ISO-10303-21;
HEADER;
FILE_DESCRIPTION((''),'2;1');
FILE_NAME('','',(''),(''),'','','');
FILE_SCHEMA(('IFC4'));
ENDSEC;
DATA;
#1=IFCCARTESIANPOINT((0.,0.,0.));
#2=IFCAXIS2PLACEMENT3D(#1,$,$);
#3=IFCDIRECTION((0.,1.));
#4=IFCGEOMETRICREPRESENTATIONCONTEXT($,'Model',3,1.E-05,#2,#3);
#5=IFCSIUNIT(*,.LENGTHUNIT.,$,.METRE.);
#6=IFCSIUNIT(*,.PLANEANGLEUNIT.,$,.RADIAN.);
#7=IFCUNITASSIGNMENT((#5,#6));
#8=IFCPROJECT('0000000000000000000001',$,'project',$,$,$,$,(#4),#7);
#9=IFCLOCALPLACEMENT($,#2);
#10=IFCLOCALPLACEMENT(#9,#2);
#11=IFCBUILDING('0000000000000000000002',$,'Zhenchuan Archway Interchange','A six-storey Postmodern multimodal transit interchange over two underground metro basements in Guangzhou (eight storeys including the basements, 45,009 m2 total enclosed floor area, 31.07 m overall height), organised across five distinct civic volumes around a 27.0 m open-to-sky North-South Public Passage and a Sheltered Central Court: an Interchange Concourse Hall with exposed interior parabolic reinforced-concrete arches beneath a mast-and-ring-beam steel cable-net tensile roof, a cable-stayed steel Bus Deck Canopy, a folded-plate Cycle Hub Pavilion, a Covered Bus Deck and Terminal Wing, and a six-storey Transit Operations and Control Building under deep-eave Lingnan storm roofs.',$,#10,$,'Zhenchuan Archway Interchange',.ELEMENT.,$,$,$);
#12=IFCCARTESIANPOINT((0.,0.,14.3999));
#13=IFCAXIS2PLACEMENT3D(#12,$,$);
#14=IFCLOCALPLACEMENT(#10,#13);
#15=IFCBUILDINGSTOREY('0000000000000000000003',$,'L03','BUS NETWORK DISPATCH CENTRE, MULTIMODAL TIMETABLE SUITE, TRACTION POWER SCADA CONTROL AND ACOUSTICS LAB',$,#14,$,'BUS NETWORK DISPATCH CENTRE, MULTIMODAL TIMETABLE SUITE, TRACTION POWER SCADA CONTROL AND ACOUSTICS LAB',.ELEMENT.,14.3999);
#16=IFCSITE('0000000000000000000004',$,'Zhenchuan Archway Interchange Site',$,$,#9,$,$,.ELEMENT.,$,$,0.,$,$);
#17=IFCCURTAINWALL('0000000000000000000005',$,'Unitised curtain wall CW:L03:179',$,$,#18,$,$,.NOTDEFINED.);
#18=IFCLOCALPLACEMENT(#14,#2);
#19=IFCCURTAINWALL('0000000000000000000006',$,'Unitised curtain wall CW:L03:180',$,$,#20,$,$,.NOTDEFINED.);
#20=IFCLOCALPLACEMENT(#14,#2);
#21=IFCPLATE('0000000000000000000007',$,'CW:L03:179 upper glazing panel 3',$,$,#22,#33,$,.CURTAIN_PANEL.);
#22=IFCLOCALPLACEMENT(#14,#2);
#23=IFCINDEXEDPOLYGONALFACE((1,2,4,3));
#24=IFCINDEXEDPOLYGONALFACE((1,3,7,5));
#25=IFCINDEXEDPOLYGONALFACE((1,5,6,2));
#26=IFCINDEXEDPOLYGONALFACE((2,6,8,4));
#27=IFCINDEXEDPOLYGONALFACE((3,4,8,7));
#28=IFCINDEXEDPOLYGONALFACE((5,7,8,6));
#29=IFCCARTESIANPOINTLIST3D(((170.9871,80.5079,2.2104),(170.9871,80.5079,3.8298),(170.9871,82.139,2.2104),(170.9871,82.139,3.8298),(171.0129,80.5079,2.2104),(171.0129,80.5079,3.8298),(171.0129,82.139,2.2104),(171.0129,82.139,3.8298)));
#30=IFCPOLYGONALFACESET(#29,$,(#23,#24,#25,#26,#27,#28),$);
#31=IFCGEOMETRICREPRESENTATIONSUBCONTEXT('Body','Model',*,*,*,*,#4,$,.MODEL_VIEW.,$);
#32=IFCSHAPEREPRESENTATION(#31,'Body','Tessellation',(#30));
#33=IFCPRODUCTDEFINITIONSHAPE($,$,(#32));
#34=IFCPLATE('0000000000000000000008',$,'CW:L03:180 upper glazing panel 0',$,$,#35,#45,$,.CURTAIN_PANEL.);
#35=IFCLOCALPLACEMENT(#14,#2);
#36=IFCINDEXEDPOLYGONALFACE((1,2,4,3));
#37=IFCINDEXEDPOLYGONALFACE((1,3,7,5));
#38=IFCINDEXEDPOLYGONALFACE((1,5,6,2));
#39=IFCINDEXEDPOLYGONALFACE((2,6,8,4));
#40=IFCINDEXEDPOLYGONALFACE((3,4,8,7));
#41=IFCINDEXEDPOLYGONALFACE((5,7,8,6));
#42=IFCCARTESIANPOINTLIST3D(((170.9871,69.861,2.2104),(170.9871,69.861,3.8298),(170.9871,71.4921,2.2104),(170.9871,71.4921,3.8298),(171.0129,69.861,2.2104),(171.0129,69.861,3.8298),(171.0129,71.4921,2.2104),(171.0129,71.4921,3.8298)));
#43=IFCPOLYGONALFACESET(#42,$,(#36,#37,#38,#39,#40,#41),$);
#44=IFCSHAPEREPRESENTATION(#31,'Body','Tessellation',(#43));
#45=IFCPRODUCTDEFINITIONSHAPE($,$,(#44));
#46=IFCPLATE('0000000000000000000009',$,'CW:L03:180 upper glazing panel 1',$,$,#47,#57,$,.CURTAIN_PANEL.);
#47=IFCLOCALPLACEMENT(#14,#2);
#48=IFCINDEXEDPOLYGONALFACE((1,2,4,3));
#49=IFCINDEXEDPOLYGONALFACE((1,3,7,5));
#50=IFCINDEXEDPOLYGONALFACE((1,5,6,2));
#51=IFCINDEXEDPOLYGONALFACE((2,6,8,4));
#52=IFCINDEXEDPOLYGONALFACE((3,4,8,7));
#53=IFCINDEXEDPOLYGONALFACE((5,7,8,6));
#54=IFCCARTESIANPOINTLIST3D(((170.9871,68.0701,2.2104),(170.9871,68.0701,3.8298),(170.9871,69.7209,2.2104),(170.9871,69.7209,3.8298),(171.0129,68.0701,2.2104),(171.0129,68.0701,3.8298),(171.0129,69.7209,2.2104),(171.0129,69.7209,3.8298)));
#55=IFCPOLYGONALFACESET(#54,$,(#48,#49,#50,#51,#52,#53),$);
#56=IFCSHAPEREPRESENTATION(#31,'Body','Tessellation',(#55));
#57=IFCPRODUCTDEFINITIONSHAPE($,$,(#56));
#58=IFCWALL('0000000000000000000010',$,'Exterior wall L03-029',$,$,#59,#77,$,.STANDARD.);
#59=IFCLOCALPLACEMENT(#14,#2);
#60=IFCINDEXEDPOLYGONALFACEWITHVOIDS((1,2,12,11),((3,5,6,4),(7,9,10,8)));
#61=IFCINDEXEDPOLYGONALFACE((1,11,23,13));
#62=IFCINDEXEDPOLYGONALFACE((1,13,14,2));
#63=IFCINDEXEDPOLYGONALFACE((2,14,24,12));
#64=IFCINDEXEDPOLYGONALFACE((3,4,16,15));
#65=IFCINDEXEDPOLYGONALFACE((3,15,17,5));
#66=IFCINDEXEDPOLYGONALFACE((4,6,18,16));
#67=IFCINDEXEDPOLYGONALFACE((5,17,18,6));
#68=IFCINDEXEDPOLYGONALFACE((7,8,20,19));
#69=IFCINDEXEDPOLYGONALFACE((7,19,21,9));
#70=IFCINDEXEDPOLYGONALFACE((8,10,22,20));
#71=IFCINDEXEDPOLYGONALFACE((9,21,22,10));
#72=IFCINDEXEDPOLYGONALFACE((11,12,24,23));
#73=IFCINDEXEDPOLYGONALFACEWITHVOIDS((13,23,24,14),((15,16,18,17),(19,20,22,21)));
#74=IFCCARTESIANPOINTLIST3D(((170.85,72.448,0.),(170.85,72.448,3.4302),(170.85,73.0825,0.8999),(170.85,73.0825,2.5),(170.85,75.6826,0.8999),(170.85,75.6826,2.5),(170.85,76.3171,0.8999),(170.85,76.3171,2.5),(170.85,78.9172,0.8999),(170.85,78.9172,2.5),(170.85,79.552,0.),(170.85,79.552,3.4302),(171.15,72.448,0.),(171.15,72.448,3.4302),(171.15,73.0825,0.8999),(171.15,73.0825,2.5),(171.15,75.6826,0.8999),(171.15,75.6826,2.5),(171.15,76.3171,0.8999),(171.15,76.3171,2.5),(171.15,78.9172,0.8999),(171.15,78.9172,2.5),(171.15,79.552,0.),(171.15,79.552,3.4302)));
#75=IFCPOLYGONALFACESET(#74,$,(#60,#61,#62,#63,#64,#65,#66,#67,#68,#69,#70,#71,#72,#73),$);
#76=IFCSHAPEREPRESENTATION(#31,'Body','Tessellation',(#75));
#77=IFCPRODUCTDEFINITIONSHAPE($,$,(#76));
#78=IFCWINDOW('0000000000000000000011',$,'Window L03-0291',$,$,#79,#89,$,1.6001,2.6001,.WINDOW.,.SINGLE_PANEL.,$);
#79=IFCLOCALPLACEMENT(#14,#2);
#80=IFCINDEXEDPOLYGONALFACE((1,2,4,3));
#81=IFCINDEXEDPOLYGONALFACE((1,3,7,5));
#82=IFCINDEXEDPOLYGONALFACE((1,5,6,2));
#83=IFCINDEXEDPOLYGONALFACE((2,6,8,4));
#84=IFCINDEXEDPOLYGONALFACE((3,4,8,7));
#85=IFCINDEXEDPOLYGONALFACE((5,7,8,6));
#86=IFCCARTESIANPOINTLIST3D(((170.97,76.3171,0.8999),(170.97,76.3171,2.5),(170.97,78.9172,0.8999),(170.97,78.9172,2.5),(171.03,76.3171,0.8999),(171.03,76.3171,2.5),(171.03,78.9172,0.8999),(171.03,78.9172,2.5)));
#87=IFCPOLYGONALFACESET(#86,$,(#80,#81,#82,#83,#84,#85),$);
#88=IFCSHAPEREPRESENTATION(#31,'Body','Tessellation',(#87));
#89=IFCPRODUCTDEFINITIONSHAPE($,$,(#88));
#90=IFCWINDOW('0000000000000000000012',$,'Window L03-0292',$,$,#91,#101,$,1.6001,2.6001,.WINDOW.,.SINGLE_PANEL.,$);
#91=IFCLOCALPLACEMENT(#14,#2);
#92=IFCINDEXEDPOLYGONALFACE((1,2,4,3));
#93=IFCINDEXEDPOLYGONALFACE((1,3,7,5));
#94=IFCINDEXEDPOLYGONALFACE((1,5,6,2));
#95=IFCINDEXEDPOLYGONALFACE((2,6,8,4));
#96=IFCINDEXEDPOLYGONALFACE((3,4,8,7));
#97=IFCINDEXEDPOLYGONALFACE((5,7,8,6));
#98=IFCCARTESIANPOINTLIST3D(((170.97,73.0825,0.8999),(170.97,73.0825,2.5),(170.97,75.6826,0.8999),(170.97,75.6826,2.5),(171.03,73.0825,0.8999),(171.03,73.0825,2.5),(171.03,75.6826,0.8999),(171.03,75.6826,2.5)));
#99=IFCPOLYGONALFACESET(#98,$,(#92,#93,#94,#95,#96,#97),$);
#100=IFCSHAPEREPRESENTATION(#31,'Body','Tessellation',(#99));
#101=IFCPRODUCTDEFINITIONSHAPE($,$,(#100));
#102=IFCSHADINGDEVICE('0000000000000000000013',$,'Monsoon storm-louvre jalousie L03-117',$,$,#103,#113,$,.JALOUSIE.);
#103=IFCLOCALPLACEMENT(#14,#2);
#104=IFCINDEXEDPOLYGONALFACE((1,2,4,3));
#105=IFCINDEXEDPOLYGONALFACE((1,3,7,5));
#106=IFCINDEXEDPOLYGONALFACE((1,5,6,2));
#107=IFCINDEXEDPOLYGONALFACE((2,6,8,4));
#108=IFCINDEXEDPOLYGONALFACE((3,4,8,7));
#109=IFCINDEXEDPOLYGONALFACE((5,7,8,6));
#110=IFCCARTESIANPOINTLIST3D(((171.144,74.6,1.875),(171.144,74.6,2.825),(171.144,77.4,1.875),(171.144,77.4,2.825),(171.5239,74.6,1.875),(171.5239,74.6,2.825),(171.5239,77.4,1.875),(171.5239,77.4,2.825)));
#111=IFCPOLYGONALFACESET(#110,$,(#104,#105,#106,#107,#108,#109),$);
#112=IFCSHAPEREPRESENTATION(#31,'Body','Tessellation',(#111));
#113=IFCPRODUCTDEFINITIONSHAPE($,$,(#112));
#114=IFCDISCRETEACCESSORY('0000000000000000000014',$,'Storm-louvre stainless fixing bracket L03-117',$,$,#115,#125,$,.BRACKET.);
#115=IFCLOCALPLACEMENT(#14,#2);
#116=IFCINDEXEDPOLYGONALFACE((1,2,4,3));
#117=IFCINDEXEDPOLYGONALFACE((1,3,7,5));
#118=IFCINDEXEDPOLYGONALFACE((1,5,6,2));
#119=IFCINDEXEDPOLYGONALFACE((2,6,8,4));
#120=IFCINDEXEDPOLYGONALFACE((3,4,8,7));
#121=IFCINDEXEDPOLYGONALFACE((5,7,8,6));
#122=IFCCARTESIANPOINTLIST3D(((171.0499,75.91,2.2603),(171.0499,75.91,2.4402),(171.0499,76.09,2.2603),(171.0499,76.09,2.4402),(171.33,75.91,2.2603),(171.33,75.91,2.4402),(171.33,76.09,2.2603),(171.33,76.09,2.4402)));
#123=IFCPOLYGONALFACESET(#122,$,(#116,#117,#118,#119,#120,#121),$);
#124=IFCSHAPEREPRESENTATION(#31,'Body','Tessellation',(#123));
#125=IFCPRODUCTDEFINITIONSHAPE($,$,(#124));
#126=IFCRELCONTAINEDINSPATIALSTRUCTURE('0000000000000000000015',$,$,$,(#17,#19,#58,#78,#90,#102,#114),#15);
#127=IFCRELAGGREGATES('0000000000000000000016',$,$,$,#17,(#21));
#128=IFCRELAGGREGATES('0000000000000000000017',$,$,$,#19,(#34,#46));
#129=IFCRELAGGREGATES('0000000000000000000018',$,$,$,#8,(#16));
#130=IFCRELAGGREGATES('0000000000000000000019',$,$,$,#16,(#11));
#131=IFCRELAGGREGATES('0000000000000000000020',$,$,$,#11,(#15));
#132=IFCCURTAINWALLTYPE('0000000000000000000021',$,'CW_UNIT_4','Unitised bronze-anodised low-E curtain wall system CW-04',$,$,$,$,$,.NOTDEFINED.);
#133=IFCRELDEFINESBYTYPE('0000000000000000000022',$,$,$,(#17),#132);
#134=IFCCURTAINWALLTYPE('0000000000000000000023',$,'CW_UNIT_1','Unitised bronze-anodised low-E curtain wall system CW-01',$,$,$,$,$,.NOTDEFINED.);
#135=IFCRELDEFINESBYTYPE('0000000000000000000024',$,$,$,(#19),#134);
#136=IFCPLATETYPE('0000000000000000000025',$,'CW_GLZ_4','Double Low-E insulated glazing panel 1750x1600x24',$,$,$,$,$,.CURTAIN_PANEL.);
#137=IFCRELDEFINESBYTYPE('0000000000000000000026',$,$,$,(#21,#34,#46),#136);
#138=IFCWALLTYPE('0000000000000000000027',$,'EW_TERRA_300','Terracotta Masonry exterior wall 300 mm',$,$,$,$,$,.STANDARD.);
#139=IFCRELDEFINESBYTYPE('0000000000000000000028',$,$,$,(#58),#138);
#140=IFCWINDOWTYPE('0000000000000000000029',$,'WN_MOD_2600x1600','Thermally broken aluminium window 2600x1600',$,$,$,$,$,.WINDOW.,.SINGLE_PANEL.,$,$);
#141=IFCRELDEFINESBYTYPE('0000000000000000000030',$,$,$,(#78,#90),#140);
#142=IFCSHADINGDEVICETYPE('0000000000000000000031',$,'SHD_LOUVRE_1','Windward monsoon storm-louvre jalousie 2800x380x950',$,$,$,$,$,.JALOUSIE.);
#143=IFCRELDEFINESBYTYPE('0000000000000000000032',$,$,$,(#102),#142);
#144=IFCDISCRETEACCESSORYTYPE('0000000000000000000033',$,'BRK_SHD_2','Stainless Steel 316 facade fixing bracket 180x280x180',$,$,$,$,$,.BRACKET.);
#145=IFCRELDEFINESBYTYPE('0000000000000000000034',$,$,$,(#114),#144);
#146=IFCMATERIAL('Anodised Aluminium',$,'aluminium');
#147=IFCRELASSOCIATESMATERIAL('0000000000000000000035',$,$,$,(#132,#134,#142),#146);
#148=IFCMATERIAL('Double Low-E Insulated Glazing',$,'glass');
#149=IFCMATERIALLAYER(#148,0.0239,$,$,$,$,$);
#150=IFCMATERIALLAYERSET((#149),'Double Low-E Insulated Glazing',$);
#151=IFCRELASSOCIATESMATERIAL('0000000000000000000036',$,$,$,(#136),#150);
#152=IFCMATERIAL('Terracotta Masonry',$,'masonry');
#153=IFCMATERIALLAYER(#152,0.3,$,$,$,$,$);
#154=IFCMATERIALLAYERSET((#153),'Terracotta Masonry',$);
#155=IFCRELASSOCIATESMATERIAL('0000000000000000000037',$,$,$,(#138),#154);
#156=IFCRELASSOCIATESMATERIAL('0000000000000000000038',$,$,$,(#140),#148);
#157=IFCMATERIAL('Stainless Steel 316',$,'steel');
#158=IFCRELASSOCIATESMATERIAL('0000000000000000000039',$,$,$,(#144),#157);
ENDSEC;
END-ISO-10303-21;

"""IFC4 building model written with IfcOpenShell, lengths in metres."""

from ifc_helpers import new_model, si_unit, direction, frame, frame_2d, origin, origin_2d, place, context, subcontext, project, spatial, rectangle, extrude, material, layer, layer_set, type_object, element, fill, aggregate, save


model = new_model("IFC4")

# Units and contexts
model_context = context("Model", 3, precision=1e-05, world=origin(), true_north=direction((0.0, 1.0)))
body_context = subcontext(model_context, "Body", "Model", "MODEL_VIEW")
ifc_project = project(units=[si_unit("LENGTHUNIT", "METRE"), si_unit("PLANEANGLEUNIT", "RADIAN")], contexts=[model_context])

# Site, building, storey
site_placement = place(None, origin())
site = spatial("IfcSite", under=ifc_project, at=site_placement, Name="Zhenchuan Archway Interchange Site", CompositionType="ELEMENT", RefElevation=0.0)
building_placement = place(site_placement, origin())
building = spatial("IfcBuilding", under=site, at=building_placement, Name="Zhenchuan Archway Interchange", Description="A six-storey Postmodern multimodal transit interchange over two underground metro basements in Guangzhou (eight storeys including the basements, 45,009 m2 total enclosed floor area, 31.07 m overall height), organised across five distinct civic volumes around a 27.0 m open-to-sky North-South Public Passage and a Sheltered Central Court: an Interchange Concourse Hall with exposed interior parabolic reinforced-concrete arches beneath a mast-and-ring-beam steel cable-net tensile roof, a cable-stayed steel Bus Deck Canopy, a folded-plate Cycle Hub Pavilion, a Covered Bus Deck and Terminal Wing, and a six-storey Transit Operations and Control Building under deep-eave Lingnan storm roofs.", LongName="Zhenchuan Archway Interchange", CompositionType="ELEMENT")
storey_placement = place(building_placement, frame((0.0, 0.0, 14.3999)))
storey = spatial("IfcBuildingStorey", under=building, at=storey_placement, Name="L03", Description="BUS NETWORK DISPATCH CENTRE, MULTIMODAL TIMETABLE SUITE, TRACTION POWER SCADA CONTROL AND ACOUSTICS LAB", LongName="BUS NETWORK DISPATCH CENTRE, MULTIMODAL TIMETABLE SUITE, TRACTION POWER SCADA CONTROL AND ACOUSTICS LAB", CompositionType="ELEMENT", Elevation=14.3999)

# Curtain walls
ifc_material_1 = material(Name="Anodised Aluminium", Category="aluminium")
curtain_wall_type_1 = type_object("IfcCurtainWallType", Name="CW_UNIT_4", Description="Unitised bronze-anodised low-E curtain wall system CW-04", PredefinedType="NOTDEFINED", material=ifc_material_1)
curtain_wall_1_placement = place(storey_placement, origin())
curtain_wall_1 = element("IfcCurtainWall", 1, at=curtain_wall_1_placement, inside=storey, type_object=curtain_wall_type_1, Name="Unitised curtain wall CW:L03:179", PredefinedType="NOTDEFINED")
curtain_wall_type_2 = type_object("IfcCurtainWallType", Name="CW_UNIT_1", Description="Unitised bronze-anodised low-E curtain wall system CW-01", PredefinedType="NOTDEFINED", material=ifc_material_1)
curtain_wall_2_placement = place(storey_placement, origin())
curtain_wall_2 = element("IfcCurtainWall", 2, at=curtain_wall_2_placement, inside=storey, type_object=curtain_wall_type_2, Name="Unitised curtain wall CW:L03:180", PredefinedType="NOTDEFINED")

# Plates
ifc_material_2 = material(Name="Double Low-E Insulated Glazing", Category="glass")
ifc_layer_1 = layer(ifc_material_2, 0.0239)
ifc_layer_set_1 = layer_set([ifc_layer_1], Name="Double Low-E Insulated Glazing")
plate_type_1 = type_object("IfcPlateType", Name="CW_GLZ_4", Description="Double Low-E insulated glazing panel 1750x1600x24", PredefinedType="CURTAIN_PANEL", material=ifc_layer_set_1)
plate_1_placement = place(storey_placement, frame((171.0, 81.3235, 2.2104), z_axis=(0.0, 0.0, 1.0), x_axis=(0.0, -1.0, 0.0)))
plate_1 = element("IfcPlate", 3, at=plate_1_placement, type_object=plate_type_1, Name="CW:L03:179 upper glazing panel 3", PredefinedType="CURTAIN_PANEL", context=body_context, shape_type="SweptSolid", body=[
    extrude(rectangle(XDim=1.6311, YDim=0.0259, at=origin_2d()), origin(), (0.0, 0.0, 1.0), 1.6194),
])
aggregate(curtain_wall_1, [plate_1])
plate_2_placement = place(storey_placement, frame((171.0, 70.6765, 2.2104), z_axis=(0.0, 0.0, 1.0), x_axis=(0.0, -1.0, 0.0)))
plate_2 = element("IfcPlate", 4, at=plate_2_placement, type_object=plate_type_1, Name="CW:L03:180 upper glazing panel 0", PredefinedType="CURTAIN_PANEL", context=body_context, shape_type="SweptSolid", body=[
    extrude(rectangle(XDim=1.6311, YDim=0.0259, at=origin_2d()), origin(), (0.0, 0.0, 1.0), 1.6194),
])
plate_3_placement = place(storey_placement, frame((171.0, 68.8955, 2.2104), z_axis=(0.0, 0.0, 1.0), x_axis=(0.0, -1.0, 0.0)))
plate_3 = element("IfcPlate", 5, at=plate_3_placement, type_object=plate_type_1, Name="CW:L03:180 upper glazing panel 1", PredefinedType="CURTAIN_PANEL", context=body_context, shape_type="SweptSolid", body=[
    extrude(rectangle(XDim=1.6509, YDim=0.0259, at=origin_2d()), origin(), (0.0, 0.0, 1.0), 1.6194),
])
aggregate(curtain_wall_2, [plate_2, plate_3])

# Wall, openings, windows
ifc_material_3 = material(Name="Terracotta Masonry", Category="masonry")
ifc_layer_2 = layer(ifc_material_3, 0.3)
ifc_layer_set_2 = layer_set([ifc_layer_2], Name="Terracotta Masonry")
wall_type = type_object("IfcWallType", Name="EW_TERRA_300", Description="Terracotta Masonry exterior wall 300 mm", PredefinedType="STANDARD", material=ifc_layer_set_2)
wall_placement = place(storey_placement, frame((171.0, 79.552, 0.0), z_axis=(0.0, 0.0, 1.0), x_axis=(0.0, -1.0, 0.0)))
wall = element("IfcWall", 6, at=wall_placement, inside=storey, type_object=wall_type, Name="Exterior wall L03-029", PredefinedType="STANDARD", context=body_context, shape_type="SweptSolid", body=[
    extrude(rectangle(XDim=7.104, YDim=0.3, at=frame_2d((3.552, 0.0))), origin(), (0.0, 0.0, 1.0), 3.4302),
])
opening_1_placement = place(wall_placement, frame((0.6348, 0.0, 0.8999)))
opening_1 = element("IfcOpeningElement", 7, at=opening_1_placement, cuts=wall, PredefinedType="OPENING", context=body_context, shape_type="SweptSolid", body=[
    extrude(rectangle(XDim=2.6001, YDim=1.6001, at=frame_2d((1.3, 0.8))), frame((0.0, 0.1621, 0.0), z_axis=(0.0, -1.0, 0.0), x_axis=(1.0, 0.0, 0.0)), (0.0, 0.0, 1.0), 0.324),
])
opening_2_placement = place(wall_placement, frame((3.8694, 0.0, 0.8999)))
opening_2 = element("IfcOpeningElement", 8, at=opening_2_placement, cuts=wall, PredefinedType="OPENING", context=body_context, shape_type="SweptSolid", body=[
    extrude(rectangle(XDim=2.6001, YDim=1.6001, at=frame_2d((1.3, 0.8))), frame((0.0, 0.1621, 0.0), z_axis=(0.0, -1.0, 0.0), x_axis=(1.0, 0.0, 0.0)), (0.0, 0.0, 1.0), 0.324),
])
window_type = type_object("IfcWindowType", Name="WN_MOD_2600x1600", Description="Thermally broken aluminium window 2600x1600", PartitioningType="SINGLE_PANEL", PredefinedType="WINDOW", material=ifc_material_2)
window_1_placement = place(opening_1_placement, origin())
window_1 = element("IfcWindow", 9, at=window_1_placement, inside=storey, type_object=window_type, Name="Window L03-0291", OverallHeight=1.6001, OverallWidth=2.6001, PartitioningType="SINGLE_PANEL", PredefinedType="WINDOW", context=body_context, shape_type="SweptSolid", body=[
    extrude(rectangle(XDim=2.6001, YDim=1.6001, at=frame_2d((1.3, 0.8))), frame((0.0, 0.03, 0.0), z_axis=(0.0, -1.0, 0.0), x_axis=(1.0, 0.0, 0.0)), (0.0, 0.0, 1.0), 0.0601),
])
fill(opening_1, window_1)
window_2_placement = place(opening_2_placement, origin())
window_2 = element("IfcWindow", 10, at=window_2_placement, inside=storey, type_object=window_type, Name="Window L03-0292", OverallHeight=1.6001, OverallWidth=2.6001, PartitioningType="SINGLE_PANEL", PredefinedType="WINDOW", context=body_context, shape_type="SweptSolid", body=[
    extrude(rectangle(XDim=2.6001, YDim=1.6001, at=frame_2d((1.3, 0.8))), frame((0.0, 0.03, 0.0), z_axis=(0.0, -1.0, 0.0), x_axis=(1.0, 0.0, 0.0)), (0.0, 0.0, 1.0), 0.0601),
])
fill(opening_2, window_2)

# Shading device
shading_device_type = type_object("IfcShadingDeviceType", Name="SHD_LOUVRE_1", Description="Windward monsoon storm-louvre jalousie 2800x380x950", PredefinedType="JALOUSIE", material=ifc_material_1)
shading_device_placement = place(storey_placement, frame((171.334, 76.0, 1.875), z_axis=(0.0, 0.0, 1.0), x_axis=(0.0, -1.0, 0.0)))
element("IfcShadingDevice", 11, at=shading_device_placement, inside=storey, type_object=shading_device_type, Name="Monsoon storm-louvre jalousie L03-117", PredefinedType="JALOUSIE", context=body_context, shape_type="SweptSolid", body=[
    extrude(rectangle(XDim=2.8, YDim=0.3799, at=origin_2d()), origin(), (0.0, 0.0, 1.0), 0.95),
])

# Discrete accessory
ifc_material_4 = material(Name="Stainless Steel 316", Category="steel")
discrete_accessory_type = type_object("IfcDiscreteAccessoryType", Name="BRK_SHD_2", Description="Stainless Steel 316 facade fixing bracket 180x280x180", PredefinedType="BRACKET", material=ifc_material_4)
discrete_accessory_placement = place(storey_placement, frame((171.1899, 76.0, 2.2603), z_axis=(0.0, 0.0, 1.0), x_axis=(0.0, -1.0, 0.0)))
element("IfcDiscreteAccessory", 12, at=discrete_accessory_placement, inside=storey, type_object=discrete_accessory_type, Name="Storm-louvre stainless fixing bracket L03-117", PredefinedType="BRACKET", context=body_context, shape_type="SweptSolid", body=[
    extrude(rectangle(XDim=0.1799, YDim=0.28, at=origin_2d()), origin(), (0.0, 0.0, 1.0), 0.1799),
])

save(model, "model.ifc")
